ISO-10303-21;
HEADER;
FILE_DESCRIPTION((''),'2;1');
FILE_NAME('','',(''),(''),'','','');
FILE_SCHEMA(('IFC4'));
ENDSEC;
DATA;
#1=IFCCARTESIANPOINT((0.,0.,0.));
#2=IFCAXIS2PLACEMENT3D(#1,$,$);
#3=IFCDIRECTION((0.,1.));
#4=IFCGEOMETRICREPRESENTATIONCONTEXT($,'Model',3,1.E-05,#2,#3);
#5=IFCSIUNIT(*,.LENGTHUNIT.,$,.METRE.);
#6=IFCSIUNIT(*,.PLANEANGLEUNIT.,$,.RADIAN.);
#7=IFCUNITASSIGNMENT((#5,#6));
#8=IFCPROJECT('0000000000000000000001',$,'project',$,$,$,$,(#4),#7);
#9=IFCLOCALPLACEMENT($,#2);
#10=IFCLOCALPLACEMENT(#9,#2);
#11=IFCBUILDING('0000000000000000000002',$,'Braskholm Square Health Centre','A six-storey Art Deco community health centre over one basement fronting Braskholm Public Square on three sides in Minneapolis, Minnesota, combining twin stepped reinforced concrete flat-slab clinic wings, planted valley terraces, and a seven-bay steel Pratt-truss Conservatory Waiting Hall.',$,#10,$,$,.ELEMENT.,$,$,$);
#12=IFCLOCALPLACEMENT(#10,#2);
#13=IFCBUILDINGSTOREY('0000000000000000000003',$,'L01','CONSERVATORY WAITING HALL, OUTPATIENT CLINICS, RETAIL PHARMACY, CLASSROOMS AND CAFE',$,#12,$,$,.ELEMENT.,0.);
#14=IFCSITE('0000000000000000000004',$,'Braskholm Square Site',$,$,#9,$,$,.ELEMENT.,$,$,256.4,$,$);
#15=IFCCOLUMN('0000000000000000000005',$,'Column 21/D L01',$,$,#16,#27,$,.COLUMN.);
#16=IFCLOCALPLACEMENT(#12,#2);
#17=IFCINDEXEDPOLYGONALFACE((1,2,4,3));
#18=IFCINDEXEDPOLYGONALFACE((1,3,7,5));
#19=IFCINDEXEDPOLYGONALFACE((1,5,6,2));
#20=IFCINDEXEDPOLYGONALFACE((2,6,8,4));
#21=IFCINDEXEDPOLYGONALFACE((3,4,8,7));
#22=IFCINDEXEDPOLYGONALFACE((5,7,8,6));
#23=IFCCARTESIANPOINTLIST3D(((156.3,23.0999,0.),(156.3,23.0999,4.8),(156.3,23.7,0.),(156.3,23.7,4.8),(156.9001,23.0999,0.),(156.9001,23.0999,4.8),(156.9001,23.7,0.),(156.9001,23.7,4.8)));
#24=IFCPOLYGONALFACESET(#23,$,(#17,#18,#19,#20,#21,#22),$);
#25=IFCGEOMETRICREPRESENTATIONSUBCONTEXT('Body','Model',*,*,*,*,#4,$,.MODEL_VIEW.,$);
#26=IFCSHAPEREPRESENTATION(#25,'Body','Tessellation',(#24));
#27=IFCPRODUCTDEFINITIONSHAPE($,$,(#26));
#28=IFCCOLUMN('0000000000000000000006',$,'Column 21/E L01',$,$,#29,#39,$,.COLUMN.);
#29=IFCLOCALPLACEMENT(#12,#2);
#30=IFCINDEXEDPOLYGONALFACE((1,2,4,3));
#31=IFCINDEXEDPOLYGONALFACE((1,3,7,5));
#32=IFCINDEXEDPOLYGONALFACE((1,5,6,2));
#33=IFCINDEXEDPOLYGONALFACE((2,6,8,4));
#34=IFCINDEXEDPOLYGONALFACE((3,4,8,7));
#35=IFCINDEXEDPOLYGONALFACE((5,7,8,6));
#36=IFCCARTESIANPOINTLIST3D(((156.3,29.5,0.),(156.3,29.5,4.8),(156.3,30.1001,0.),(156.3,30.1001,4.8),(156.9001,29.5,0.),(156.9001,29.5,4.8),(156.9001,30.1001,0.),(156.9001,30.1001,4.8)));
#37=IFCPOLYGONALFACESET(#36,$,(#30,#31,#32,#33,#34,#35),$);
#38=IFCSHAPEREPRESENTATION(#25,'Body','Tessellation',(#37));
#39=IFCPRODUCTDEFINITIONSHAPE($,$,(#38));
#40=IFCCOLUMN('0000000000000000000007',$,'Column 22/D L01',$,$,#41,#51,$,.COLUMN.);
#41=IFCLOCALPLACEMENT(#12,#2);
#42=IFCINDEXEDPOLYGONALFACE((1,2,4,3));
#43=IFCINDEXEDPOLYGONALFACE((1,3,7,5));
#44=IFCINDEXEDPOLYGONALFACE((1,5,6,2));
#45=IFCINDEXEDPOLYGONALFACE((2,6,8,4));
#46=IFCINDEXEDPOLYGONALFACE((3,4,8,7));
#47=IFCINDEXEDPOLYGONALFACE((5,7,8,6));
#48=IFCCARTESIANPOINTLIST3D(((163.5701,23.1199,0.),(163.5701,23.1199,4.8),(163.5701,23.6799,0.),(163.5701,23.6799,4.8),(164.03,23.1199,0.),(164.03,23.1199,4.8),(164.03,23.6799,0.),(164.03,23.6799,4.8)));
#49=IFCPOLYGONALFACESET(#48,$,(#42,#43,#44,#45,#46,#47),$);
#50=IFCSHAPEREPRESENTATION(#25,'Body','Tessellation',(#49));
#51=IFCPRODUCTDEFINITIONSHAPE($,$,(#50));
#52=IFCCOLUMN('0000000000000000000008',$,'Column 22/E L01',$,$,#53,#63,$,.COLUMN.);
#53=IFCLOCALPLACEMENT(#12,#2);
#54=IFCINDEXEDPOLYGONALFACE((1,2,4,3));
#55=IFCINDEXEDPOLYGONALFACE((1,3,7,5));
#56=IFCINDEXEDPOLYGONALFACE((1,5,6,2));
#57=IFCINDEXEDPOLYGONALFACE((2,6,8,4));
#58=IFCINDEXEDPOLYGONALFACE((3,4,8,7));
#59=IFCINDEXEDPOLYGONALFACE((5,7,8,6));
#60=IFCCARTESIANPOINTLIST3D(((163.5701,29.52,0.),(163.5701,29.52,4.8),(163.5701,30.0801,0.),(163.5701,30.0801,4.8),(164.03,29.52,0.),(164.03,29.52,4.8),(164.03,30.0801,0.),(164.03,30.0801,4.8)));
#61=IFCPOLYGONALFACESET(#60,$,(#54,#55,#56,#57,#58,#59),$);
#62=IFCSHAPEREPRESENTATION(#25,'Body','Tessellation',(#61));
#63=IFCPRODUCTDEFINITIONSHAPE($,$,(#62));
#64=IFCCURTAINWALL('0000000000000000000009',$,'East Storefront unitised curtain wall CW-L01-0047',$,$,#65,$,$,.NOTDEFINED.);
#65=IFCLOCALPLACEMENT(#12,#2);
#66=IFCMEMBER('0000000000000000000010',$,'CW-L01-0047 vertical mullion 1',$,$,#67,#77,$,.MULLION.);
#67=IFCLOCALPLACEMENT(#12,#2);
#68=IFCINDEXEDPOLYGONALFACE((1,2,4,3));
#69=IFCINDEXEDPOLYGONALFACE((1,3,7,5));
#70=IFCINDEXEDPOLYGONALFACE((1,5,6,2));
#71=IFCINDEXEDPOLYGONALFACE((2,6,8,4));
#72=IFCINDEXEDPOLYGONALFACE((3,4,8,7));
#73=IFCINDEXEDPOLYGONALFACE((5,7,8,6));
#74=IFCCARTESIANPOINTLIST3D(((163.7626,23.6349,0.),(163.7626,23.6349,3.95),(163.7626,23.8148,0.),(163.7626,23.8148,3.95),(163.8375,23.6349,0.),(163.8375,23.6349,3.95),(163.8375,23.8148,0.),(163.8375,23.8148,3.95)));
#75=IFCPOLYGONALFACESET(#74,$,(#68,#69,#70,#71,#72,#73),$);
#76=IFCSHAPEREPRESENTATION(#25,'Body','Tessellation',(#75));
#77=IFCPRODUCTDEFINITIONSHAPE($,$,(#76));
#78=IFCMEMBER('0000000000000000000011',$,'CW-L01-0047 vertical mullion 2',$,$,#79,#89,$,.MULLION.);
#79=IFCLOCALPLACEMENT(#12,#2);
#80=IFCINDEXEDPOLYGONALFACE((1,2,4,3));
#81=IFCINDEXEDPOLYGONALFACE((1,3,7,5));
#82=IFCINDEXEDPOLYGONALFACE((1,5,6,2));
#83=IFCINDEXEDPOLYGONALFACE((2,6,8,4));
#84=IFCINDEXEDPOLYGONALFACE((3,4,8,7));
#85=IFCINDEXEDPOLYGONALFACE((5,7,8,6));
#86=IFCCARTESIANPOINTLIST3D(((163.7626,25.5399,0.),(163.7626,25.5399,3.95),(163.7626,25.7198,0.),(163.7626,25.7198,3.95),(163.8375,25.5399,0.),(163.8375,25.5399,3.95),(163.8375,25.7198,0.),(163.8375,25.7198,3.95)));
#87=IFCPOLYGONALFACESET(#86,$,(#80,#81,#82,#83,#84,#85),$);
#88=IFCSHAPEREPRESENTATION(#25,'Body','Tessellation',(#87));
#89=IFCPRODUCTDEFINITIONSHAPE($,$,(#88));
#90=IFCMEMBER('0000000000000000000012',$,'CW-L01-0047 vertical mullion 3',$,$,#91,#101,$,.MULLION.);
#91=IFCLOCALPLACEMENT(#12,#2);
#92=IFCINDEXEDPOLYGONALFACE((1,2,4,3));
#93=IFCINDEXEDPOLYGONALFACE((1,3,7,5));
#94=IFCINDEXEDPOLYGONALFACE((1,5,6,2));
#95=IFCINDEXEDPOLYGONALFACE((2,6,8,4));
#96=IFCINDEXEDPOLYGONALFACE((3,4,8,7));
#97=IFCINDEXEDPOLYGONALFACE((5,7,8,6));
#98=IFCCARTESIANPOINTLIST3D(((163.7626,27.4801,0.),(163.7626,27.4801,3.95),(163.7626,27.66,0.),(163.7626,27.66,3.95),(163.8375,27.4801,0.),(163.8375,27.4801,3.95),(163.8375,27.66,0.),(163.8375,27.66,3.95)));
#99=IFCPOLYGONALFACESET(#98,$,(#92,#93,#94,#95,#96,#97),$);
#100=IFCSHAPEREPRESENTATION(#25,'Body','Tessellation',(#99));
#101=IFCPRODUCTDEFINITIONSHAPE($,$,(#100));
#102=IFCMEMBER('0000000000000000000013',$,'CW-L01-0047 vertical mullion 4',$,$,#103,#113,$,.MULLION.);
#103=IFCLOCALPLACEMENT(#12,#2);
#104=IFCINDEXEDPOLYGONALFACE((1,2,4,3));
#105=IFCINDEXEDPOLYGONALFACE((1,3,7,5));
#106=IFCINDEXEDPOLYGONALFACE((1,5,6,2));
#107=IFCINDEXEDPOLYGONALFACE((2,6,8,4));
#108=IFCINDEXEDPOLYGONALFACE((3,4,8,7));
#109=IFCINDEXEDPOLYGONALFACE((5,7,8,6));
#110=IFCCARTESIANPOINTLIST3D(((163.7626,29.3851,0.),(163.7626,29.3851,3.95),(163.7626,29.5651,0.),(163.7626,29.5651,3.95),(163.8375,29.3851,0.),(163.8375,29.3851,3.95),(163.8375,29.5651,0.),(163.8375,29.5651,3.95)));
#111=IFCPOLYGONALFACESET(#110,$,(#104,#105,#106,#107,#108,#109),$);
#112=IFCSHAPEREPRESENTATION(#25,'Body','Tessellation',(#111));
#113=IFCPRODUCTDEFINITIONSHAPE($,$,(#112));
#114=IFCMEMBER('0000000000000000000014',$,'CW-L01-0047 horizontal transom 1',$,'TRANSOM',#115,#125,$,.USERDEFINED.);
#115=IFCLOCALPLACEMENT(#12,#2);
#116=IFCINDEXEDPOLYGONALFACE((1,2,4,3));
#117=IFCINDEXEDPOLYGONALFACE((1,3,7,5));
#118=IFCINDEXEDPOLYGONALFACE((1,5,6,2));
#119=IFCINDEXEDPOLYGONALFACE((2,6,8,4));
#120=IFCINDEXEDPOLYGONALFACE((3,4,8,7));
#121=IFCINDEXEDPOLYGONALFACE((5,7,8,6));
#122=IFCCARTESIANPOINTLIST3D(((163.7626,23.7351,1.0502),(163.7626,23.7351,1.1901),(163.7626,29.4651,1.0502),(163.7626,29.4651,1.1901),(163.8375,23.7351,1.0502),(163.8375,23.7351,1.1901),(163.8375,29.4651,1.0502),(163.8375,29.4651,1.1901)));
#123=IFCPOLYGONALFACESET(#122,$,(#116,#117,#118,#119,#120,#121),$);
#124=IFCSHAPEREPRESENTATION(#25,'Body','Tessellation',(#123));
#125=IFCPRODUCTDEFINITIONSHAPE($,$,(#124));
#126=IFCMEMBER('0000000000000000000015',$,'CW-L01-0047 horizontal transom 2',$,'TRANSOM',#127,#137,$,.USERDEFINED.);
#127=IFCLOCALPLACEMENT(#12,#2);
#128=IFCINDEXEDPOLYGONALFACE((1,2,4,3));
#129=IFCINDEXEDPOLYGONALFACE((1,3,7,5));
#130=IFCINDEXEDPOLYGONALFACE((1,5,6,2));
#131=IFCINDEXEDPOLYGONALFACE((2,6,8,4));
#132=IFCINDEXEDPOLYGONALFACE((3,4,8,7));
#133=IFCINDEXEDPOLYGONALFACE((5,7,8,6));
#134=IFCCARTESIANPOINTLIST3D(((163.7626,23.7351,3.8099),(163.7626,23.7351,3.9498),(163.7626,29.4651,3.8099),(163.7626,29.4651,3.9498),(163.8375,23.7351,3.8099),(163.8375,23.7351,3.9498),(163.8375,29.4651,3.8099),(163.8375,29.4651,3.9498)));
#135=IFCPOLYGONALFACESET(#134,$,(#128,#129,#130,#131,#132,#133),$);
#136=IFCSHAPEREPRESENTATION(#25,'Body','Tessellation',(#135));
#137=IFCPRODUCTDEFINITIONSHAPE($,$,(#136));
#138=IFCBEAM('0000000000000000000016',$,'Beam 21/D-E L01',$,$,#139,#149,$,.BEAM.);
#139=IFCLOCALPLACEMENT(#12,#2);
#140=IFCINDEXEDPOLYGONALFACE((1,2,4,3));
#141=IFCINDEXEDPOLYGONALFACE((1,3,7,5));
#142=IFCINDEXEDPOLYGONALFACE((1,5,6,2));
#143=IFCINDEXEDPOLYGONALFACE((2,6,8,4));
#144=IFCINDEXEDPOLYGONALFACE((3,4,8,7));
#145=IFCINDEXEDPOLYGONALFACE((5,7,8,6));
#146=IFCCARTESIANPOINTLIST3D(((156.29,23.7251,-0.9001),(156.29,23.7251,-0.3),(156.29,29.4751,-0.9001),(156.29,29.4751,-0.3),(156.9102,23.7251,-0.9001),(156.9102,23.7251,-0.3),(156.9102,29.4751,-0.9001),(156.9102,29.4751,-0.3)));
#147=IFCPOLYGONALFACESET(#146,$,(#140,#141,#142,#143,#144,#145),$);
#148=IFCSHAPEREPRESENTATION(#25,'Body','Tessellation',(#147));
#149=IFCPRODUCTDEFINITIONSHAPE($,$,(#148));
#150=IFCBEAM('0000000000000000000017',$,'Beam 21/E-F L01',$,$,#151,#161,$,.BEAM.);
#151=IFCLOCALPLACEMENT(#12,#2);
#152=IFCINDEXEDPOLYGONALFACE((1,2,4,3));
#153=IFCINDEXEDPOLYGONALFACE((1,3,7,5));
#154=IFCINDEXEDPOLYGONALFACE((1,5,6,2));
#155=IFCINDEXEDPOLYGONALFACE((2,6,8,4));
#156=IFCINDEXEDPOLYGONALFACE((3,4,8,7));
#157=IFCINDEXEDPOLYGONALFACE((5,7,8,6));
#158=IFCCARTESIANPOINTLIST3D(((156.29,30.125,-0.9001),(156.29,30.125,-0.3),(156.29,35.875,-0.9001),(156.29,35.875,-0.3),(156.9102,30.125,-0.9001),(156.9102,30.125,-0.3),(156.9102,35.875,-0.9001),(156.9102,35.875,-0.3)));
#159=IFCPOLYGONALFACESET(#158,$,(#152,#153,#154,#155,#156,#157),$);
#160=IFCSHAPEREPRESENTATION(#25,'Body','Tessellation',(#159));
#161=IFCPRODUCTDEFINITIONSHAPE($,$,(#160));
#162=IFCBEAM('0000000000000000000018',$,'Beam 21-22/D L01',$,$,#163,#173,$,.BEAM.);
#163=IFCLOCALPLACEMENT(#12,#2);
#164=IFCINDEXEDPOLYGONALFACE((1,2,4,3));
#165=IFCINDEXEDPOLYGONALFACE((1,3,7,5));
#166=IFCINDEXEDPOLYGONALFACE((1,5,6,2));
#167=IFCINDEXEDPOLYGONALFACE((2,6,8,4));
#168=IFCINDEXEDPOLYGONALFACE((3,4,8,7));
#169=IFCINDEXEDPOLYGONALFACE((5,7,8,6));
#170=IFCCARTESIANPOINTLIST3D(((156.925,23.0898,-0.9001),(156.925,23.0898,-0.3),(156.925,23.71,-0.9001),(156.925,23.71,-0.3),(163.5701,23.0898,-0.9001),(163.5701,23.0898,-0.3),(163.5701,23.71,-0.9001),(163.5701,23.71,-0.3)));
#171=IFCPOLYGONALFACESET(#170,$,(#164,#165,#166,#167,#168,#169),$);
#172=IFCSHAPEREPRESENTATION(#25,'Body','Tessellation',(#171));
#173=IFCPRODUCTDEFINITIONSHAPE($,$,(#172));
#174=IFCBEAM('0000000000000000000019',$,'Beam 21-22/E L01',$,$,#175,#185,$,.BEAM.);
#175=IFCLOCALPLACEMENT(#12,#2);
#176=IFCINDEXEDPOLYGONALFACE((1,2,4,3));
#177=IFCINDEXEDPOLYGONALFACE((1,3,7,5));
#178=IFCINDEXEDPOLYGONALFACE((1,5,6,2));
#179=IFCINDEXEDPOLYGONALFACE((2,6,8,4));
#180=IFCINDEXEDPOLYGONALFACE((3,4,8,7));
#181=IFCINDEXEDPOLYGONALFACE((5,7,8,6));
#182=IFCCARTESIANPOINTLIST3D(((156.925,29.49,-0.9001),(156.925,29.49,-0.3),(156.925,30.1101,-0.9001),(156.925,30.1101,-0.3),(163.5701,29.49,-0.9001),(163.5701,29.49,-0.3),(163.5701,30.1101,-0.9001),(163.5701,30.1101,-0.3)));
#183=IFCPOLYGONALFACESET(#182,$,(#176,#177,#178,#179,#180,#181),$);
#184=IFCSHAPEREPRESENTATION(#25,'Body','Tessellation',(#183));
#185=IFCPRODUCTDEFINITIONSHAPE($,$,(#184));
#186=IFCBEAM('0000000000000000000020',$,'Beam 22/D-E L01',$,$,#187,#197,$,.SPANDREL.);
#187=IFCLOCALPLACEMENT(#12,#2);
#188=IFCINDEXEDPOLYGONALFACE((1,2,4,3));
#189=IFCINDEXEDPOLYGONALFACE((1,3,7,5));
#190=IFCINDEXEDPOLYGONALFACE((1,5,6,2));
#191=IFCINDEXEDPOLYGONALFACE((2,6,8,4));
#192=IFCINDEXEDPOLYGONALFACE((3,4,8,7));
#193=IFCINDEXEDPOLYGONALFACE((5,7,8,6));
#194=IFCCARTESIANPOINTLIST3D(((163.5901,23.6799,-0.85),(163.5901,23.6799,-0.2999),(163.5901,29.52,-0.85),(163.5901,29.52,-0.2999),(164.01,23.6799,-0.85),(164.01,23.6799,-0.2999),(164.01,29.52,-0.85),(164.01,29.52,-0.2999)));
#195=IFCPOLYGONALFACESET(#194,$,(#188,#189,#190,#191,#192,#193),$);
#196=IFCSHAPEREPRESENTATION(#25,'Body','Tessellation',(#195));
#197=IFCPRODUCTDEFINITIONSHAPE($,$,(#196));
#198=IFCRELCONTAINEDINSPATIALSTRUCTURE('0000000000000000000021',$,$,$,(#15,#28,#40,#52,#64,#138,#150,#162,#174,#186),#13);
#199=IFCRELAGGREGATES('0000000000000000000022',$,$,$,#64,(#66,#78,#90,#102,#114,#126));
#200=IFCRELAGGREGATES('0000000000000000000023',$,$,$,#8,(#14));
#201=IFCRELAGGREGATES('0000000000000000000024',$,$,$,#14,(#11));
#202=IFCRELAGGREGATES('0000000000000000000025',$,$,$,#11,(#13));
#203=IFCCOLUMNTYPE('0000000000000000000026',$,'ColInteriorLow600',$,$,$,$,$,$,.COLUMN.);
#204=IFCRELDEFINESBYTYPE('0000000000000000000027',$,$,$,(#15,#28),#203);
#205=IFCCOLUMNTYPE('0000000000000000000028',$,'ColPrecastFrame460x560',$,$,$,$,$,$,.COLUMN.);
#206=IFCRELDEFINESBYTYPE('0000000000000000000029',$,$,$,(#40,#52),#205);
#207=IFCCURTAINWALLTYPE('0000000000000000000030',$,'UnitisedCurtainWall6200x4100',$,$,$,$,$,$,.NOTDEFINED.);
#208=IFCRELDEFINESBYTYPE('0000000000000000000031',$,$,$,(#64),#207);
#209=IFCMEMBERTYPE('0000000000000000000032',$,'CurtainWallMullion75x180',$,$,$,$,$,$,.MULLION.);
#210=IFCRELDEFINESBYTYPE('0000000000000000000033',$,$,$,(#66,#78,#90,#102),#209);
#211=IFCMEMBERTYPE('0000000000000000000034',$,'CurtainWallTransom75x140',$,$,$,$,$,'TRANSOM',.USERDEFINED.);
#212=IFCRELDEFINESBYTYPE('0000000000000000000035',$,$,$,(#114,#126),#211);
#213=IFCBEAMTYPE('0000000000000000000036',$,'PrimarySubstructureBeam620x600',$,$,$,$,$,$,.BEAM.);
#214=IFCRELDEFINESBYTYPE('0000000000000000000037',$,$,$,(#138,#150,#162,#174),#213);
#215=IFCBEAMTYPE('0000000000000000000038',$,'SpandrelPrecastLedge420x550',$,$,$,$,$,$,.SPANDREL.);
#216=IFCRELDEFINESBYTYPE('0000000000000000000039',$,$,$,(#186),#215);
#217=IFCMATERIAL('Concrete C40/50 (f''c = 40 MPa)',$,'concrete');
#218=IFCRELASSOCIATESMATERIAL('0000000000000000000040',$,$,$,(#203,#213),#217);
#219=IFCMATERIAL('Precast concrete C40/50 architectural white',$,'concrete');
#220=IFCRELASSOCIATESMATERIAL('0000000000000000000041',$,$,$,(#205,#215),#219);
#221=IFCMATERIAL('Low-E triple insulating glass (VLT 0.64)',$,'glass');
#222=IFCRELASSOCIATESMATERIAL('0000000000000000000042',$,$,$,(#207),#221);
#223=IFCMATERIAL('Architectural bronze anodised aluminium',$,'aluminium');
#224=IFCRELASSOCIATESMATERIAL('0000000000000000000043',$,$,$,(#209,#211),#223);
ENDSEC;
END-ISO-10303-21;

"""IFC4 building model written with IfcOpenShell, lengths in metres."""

from ifc_helpers import new_model, si_unit, direction, frame, origin, origin_2d, place, context, subcontext, project, spatial, rectangle, extrude, material, material_profile, profile_set, type_object, element, aggregate, save


model = new_model("IFC4")

# Units and contexts
model_context = context("Model", 3, precision=1e-05, world=origin(), true_north=direction((0.0, 1.0)))
body_context = subcontext(model_context, "Body", "Model", "MODEL_VIEW")
ifc_project = project(units=[si_unit("LENGTHUNIT", "METRE"), si_unit("PLANEANGLEUNIT", "RADIAN")], contexts=[model_context])

# Site, building, storey
site_placement = place(None, origin())
site = spatial("IfcSite", under=ifc_project, at=site_placement, Name="Braskholm Square Site", CompositionType="ELEMENT", RefElevation=256.4)
building_placement = place(site_placement, origin())
building = spatial("IfcBuilding", under=site, at=building_placement, Name="Braskholm Square Health Centre", Description="A six-storey Art Deco community health centre over one basement fronting Braskholm Public Square on three sides in Minneapolis, Minnesota, combining twin stepped reinforced concrete flat-slab clinic wings, planted valley terraces, and a seven-bay steel Pratt-truss Conservatory Waiting Hall.", CompositionType="ELEMENT")
storey_placement = place(building_placement, origin())
storey = spatial("IfcBuildingStorey", under=building, at=storey_placement, Name="L01", Description="CONSERVATORY WAITING HALL, OUTPATIENT CLINICS, RETAIL PHARMACY, CLASSROOMS AND CAFE", CompositionType="ELEMENT", Elevation=0.0)

# Columns
ifc_material_1 = material(Name="Concrete C40/50 (f'c = 40 MPa)", Category="concrete")
ifc_material_profile_1 = material_profile(ifc_material_1, rectangle(XDim=0.6001, YDim=0.6001, at=origin_2d()), Name="RC-600X600")
ifc_profile_set_1 = profile_set([ifc_material_profile_1], Name="Concrete C40/50 (f'c = 40 MPa)")
column_type_1 = type_object("IfcColumnType", Name="ColInteriorLow600", PredefinedType="COLUMN", material=ifc_profile_set_1)
for number, where, z_axis, x_axis, name in (
    (1, (156.6001, 23.3999, 0.0), (0.0, 0.0, 1.0), (1.0, 0.0, 0.0), "Column 21/D L01"),
    (2, (156.6001, 29.8, 0.0), (0.0, 0.0, 1.0), (1.0, 0.0, 0.0), "Column 21/E L01"),
):
    element("IfcColumn", number, at=place(storey_placement, frame(where, z_axis=z_axis, x_axis=x_axis)), inside=storey, type_object=column_type_1, Name=name, PredefinedType="COLUMN", context=body_context, shape_type="SweptSolid", body=[
        extrude(rectangle(XDim=0.6001, YDim=0.6001, at=origin_2d()), origin(), (0.0, 0.0, 1.0), 4.8),
    ])
ifc_material_2 = material(Name="Precast concrete C40/50 architectural white", Category="concrete")
ifc_material_profile_2 = material_profile(ifc_material_2, rectangle(XDim=0.46, YDim=0.5601, at=origin_2d()), Name="RC-460X560")
ifc_profile_set_2 = profile_set([ifc_material_profile_2], Name="Precast concrete C40/50 architectural white")
column_type_2 = type_object("IfcColumnType", Name="ColPrecastFrame460x560", PredefinedType="COLUMN", material=ifc_profile_set_2)
for number, where, z_axis, x_axis, name in (
    (3, (163.8, 23.3999, 0.0), (0.0, 0.0, 1.0), (1.0, 0.0, 0.0), "Column 22/D L01"),
    (4, (163.8, 29.8, 0.0), (0.0, 0.0, 1.0), (1.0, 0.0, 0.0), "Column 22/E L01"),
):
    element("IfcColumn", number, at=place(storey_placement, frame(where, z_axis=z_axis, x_axis=x_axis)), inside=storey, type_object=column_type_2, Name=name, PredefinedType="COLUMN", context=body_context, shape_type="SweptSolid", body=[
        extrude(rectangle(XDim=0.46, YDim=0.5601, at=origin_2d()), origin(), (0.0, 0.0, 1.0), 4.8),
    ])

# Curtain wall, members
ifc_material_3 = material(Name="Low-E triple insulating glass (VLT 0.64)", Category="glass")
curtain_wall_type = type_object("IfcCurtainWallType", Name="UnitisedCurtainWall6200x4100", PredefinedType="NOTDEFINED", material=ifc_material_3)
curtain_wall_placement = place(storey_placement, origin())
curtain_wall = element("IfcCurtainWall", 5, at=curtain_wall_placement, inside=storey, type_object=curtain_wall_type, Name="East Storefront unitised curtain wall CW-L01-0047", PredefinedType="NOTDEFINED")
ifc_material_4 = material(Name="Architectural bronze anodised aluminium", Category="aluminium")
ifc_material_profile_3 = material_profile(ifc_material_4, rectangle(XDim=0.075, YDim=0.1799, at=origin_2d()), Name="ALU-75X180")
ifc_profile_set_3 = profile_set([ifc_material_profile_3], Name="Architectural bronze anodised aluminium")
member_type_1 = type_object("IfcMemberType", Name="CurtainWallMullion75x180", PredefinedType="MULLION", material=ifc_profile_set_3)
member_1_placement = place(storey_placement, frame((163.8, 23.7249, 0.0), z_axis=(0.0, 0.0, 1.0), x_axis=(1.0, 0.0, 0.0)))
member_1 = element("IfcMember", 6, at=member_1_placement, type_object=member_type_1, Name="CW-L01-0047 vertical mullion 1", PredefinedType="MULLION", context=body_context, shape_type="SweptSolid", body=[
    extrude(rectangle(XDim=0.075, YDim=0.1799, at=origin_2d()), origin(), (0.0, 0.0, 1.0), 3.95),
])
member_2_placement = place(storey_placement, frame((163.8, 25.6299, 0.0), z_axis=(0.0, 0.0, 1.0), x_axis=(1.0, 0.0, 0.0)))
member_2 = element("IfcMember", 7, at=member_2_placement, type_object=member_type_1, Name="CW-L01-0047 vertical mullion 2", PredefinedType="MULLION", context=body_context, shape_type="SweptSolid", body=[
    extrude(rectangle(XDim=0.075, YDim=0.1799, at=origin_2d()), origin(), (0.0, 0.0, 1.0), 3.95),
])
member_3_placement = place(storey_placement, frame((163.8, 27.5701, 0.0), z_axis=(0.0, 0.0, 1.0), x_axis=(1.0, 0.0, 0.0)))
member_3 = element("IfcMember", 8, at=member_3_placement, type_object=member_type_1, Name="CW-L01-0047 vertical mullion 3", PredefinedType="MULLION", context=body_context, shape_type="SweptSolid", body=[
    extrude(rectangle(XDim=0.075, YDim=0.1799, at=origin_2d()), origin(), (0.0, 0.0, 1.0), 3.95),
])
member_4_placement = place(storey_placement, frame((163.8, 29.4751, 0.0), z_axis=(0.0, 0.0, 1.0), x_axis=(1.0, 0.0, 0.0)))
member_4 = element("IfcMember", 9, at=member_4_placement, type_object=member_type_1, Name="CW-L01-0047 vertical mullion 4", PredefinedType="MULLION", context=body_context, shape_type="SweptSolid", body=[
    extrude(rectangle(XDim=0.075, YDim=0.1799, at=origin_2d()), origin(), (0.0, 0.0, 1.0), 3.95),
])
ifc_material_profile_4 = material_profile(ifc_material_4, rectangle(XDim=0.075, YDim=0.1399, at=origin_2d()), Name="ALU-75X140")
ifc_profile_set_4 = profile_set([ifc_material_profile_4], Name="Architectural bronze anodised aluminium")
member_type_2 = type_object("IfcMemberType", Name="CurtainWallTransom75x140", ElementType="TRANSOM", PredefinedType="USERDEFINED", material=ifc_profile_set_4)
member_5_placement = place(storey_placement, frame((163.8, 23.7351, 1.1201), z_axis=(0.0, 1.0, 0.0), x_axis=(-1.0, 0.0, 0.0)))
member_5 = element("IfcMember", 10, at=member_5_placement, type_object=member_type_2, Name="CW-L01-0047 horizontal transom 1", ObjectType="TRANSOM", PredefinedType="USERDEFINED", context=body_context, shape_type="SweptSolid", body=[
    extrude(rectangle(XDim=0.075, YDim=0.1399, at=origin_2d()), origin(), (0.0, 0.0, 1.0), 5.73),
])
member_6_placement = place(storey_placement, frame((163.8, 23.7351, 3.8799), z_axis=(0.0, 1.0, 0.0), x_axis=(-1.0, 0.0, 0.0)))
member_6 = element("IfcMember", 11, at=member_6_placement, type_object=member_type_2, Name="CW-L01-0047 horizontal transom 2", ObjectType="TRANSOM", PredefinedType="USERDEFINED", context=body_context, shape_type="SweptSolid", body=[
    extrude(rectangle(XDim=0.075, YDim=0.1399, at=origin_2d()), origin(), (0.0, 0.0, 1.0), 5.73),
])

# Beams
ifc_material_profile_5 = material_profile(ifc_material_1, rectangle(XDim=0.6201, YDim=0.6001, at=origin_2d()), Name="RCB-620X600")
ifc_profile_set_5 = profile_set([ifc_material_profile_5], Name="Concrete C40/50 (f'c = 40 MPa)")
beam_type_1 = type_object("IfcBeamType", Name="PrimarySubstructureBeam620x600", PredefinedType="BEAM", material=ifc_profile_set_5)
for number, where, z_axis, x_axis, name in (
    (12, (156.6001, 23.7251, -0.6001), (0.0, 1.0, 0.0), (-1.0, 0.0, 0.0), "Beam 21/D-E L01"),
    (13, (156.6001, 30.125, -0.6001), (0.0, 1.0, 0.0), (-1.0, 0.0, 0.0), "Beam 21/E-F L01"),
):
    element("IfcBeam", number, at=place(storey_placement, frame(where, z_axis=z_axis, x_axis=x_axis)), inside=storey, type_object=beam_type_1, Name=name, PredefinedType="BEAM", context=body_context, shape_type="SweptSolid", body=[
        extrude(rectangle(XDim=0.6201, YDim=0.6001, at=origin_2d()), origin(), (0.0, 0.0, 1.0), 5.75),
    ])
for number, where, z_axis, x_axis, name in (
    (14, (156.925, 23.3999, -0.6001), (1.0, 0.0, 0.0), (0.0, 1.0, 0.0), "Beam 21-22/D L01"),
    (15, (156.925, 29.8, -0.6001), (1.0, 0.0, 0.0), (0.0, 1.0, 0.0), "Beam 21-22/E L01"),
):
    element("IfcBeam", number, at=place(storey_placement, frame(where, z_axis=z_axis, x_axis=x_axis)), inside=storey, type_object=beam_type_1, Name=name, PredefinedType="BEAM", context=body_context, shape_type="SweptSolid", body=[
        extrude(rectangle(XDim=0.6201, YDim=0.6001, at=origin_2d()), origin(), (0.0, 0.0, 1.0), 6.645),
    ])
ifc_material_profile_6 = material_profile(ifc_material_2, rectangle(XDim=0.4199, YDim=0.55, at=origin_2d()), Name="RCB-420X550")
ifc_profile_set_6 = profile_set([ifc_material_profile_6], Name="Precast concrete C40/50 architectural white")
beam_type_2 = type_object("IfcBeamType", Name="SpandrelPrecastLedge420x550", PredefinedType="SPANDREL", material=ifc_profile_set_6)
beam_1_placement = place(storey_placement, frame((163.8, 23.6799, -0.575), z_axis=(0.0, 1.0, 0.0), x_axis=(-1.0, 0.0, 0.0)))
element("IfcBeam", 16, at=beam_1_placement, inside=storey, type_object=beam_type_2, Name="Beam 22/D-E L01", PredefinedType="SPANDREL", context=body_context, shape_type="SweptSolid", body=[
    extrude(rectangle(XDim=0.4199, YDim=0.55, at=origin_2d()), origin(), (0.0, 0.0, 1.0), 5.8401),
])

aggregate(curtain_wall, [member_1, member_2, member_3, member_4, member_5, member_6])

save(model, "model.ifc")
